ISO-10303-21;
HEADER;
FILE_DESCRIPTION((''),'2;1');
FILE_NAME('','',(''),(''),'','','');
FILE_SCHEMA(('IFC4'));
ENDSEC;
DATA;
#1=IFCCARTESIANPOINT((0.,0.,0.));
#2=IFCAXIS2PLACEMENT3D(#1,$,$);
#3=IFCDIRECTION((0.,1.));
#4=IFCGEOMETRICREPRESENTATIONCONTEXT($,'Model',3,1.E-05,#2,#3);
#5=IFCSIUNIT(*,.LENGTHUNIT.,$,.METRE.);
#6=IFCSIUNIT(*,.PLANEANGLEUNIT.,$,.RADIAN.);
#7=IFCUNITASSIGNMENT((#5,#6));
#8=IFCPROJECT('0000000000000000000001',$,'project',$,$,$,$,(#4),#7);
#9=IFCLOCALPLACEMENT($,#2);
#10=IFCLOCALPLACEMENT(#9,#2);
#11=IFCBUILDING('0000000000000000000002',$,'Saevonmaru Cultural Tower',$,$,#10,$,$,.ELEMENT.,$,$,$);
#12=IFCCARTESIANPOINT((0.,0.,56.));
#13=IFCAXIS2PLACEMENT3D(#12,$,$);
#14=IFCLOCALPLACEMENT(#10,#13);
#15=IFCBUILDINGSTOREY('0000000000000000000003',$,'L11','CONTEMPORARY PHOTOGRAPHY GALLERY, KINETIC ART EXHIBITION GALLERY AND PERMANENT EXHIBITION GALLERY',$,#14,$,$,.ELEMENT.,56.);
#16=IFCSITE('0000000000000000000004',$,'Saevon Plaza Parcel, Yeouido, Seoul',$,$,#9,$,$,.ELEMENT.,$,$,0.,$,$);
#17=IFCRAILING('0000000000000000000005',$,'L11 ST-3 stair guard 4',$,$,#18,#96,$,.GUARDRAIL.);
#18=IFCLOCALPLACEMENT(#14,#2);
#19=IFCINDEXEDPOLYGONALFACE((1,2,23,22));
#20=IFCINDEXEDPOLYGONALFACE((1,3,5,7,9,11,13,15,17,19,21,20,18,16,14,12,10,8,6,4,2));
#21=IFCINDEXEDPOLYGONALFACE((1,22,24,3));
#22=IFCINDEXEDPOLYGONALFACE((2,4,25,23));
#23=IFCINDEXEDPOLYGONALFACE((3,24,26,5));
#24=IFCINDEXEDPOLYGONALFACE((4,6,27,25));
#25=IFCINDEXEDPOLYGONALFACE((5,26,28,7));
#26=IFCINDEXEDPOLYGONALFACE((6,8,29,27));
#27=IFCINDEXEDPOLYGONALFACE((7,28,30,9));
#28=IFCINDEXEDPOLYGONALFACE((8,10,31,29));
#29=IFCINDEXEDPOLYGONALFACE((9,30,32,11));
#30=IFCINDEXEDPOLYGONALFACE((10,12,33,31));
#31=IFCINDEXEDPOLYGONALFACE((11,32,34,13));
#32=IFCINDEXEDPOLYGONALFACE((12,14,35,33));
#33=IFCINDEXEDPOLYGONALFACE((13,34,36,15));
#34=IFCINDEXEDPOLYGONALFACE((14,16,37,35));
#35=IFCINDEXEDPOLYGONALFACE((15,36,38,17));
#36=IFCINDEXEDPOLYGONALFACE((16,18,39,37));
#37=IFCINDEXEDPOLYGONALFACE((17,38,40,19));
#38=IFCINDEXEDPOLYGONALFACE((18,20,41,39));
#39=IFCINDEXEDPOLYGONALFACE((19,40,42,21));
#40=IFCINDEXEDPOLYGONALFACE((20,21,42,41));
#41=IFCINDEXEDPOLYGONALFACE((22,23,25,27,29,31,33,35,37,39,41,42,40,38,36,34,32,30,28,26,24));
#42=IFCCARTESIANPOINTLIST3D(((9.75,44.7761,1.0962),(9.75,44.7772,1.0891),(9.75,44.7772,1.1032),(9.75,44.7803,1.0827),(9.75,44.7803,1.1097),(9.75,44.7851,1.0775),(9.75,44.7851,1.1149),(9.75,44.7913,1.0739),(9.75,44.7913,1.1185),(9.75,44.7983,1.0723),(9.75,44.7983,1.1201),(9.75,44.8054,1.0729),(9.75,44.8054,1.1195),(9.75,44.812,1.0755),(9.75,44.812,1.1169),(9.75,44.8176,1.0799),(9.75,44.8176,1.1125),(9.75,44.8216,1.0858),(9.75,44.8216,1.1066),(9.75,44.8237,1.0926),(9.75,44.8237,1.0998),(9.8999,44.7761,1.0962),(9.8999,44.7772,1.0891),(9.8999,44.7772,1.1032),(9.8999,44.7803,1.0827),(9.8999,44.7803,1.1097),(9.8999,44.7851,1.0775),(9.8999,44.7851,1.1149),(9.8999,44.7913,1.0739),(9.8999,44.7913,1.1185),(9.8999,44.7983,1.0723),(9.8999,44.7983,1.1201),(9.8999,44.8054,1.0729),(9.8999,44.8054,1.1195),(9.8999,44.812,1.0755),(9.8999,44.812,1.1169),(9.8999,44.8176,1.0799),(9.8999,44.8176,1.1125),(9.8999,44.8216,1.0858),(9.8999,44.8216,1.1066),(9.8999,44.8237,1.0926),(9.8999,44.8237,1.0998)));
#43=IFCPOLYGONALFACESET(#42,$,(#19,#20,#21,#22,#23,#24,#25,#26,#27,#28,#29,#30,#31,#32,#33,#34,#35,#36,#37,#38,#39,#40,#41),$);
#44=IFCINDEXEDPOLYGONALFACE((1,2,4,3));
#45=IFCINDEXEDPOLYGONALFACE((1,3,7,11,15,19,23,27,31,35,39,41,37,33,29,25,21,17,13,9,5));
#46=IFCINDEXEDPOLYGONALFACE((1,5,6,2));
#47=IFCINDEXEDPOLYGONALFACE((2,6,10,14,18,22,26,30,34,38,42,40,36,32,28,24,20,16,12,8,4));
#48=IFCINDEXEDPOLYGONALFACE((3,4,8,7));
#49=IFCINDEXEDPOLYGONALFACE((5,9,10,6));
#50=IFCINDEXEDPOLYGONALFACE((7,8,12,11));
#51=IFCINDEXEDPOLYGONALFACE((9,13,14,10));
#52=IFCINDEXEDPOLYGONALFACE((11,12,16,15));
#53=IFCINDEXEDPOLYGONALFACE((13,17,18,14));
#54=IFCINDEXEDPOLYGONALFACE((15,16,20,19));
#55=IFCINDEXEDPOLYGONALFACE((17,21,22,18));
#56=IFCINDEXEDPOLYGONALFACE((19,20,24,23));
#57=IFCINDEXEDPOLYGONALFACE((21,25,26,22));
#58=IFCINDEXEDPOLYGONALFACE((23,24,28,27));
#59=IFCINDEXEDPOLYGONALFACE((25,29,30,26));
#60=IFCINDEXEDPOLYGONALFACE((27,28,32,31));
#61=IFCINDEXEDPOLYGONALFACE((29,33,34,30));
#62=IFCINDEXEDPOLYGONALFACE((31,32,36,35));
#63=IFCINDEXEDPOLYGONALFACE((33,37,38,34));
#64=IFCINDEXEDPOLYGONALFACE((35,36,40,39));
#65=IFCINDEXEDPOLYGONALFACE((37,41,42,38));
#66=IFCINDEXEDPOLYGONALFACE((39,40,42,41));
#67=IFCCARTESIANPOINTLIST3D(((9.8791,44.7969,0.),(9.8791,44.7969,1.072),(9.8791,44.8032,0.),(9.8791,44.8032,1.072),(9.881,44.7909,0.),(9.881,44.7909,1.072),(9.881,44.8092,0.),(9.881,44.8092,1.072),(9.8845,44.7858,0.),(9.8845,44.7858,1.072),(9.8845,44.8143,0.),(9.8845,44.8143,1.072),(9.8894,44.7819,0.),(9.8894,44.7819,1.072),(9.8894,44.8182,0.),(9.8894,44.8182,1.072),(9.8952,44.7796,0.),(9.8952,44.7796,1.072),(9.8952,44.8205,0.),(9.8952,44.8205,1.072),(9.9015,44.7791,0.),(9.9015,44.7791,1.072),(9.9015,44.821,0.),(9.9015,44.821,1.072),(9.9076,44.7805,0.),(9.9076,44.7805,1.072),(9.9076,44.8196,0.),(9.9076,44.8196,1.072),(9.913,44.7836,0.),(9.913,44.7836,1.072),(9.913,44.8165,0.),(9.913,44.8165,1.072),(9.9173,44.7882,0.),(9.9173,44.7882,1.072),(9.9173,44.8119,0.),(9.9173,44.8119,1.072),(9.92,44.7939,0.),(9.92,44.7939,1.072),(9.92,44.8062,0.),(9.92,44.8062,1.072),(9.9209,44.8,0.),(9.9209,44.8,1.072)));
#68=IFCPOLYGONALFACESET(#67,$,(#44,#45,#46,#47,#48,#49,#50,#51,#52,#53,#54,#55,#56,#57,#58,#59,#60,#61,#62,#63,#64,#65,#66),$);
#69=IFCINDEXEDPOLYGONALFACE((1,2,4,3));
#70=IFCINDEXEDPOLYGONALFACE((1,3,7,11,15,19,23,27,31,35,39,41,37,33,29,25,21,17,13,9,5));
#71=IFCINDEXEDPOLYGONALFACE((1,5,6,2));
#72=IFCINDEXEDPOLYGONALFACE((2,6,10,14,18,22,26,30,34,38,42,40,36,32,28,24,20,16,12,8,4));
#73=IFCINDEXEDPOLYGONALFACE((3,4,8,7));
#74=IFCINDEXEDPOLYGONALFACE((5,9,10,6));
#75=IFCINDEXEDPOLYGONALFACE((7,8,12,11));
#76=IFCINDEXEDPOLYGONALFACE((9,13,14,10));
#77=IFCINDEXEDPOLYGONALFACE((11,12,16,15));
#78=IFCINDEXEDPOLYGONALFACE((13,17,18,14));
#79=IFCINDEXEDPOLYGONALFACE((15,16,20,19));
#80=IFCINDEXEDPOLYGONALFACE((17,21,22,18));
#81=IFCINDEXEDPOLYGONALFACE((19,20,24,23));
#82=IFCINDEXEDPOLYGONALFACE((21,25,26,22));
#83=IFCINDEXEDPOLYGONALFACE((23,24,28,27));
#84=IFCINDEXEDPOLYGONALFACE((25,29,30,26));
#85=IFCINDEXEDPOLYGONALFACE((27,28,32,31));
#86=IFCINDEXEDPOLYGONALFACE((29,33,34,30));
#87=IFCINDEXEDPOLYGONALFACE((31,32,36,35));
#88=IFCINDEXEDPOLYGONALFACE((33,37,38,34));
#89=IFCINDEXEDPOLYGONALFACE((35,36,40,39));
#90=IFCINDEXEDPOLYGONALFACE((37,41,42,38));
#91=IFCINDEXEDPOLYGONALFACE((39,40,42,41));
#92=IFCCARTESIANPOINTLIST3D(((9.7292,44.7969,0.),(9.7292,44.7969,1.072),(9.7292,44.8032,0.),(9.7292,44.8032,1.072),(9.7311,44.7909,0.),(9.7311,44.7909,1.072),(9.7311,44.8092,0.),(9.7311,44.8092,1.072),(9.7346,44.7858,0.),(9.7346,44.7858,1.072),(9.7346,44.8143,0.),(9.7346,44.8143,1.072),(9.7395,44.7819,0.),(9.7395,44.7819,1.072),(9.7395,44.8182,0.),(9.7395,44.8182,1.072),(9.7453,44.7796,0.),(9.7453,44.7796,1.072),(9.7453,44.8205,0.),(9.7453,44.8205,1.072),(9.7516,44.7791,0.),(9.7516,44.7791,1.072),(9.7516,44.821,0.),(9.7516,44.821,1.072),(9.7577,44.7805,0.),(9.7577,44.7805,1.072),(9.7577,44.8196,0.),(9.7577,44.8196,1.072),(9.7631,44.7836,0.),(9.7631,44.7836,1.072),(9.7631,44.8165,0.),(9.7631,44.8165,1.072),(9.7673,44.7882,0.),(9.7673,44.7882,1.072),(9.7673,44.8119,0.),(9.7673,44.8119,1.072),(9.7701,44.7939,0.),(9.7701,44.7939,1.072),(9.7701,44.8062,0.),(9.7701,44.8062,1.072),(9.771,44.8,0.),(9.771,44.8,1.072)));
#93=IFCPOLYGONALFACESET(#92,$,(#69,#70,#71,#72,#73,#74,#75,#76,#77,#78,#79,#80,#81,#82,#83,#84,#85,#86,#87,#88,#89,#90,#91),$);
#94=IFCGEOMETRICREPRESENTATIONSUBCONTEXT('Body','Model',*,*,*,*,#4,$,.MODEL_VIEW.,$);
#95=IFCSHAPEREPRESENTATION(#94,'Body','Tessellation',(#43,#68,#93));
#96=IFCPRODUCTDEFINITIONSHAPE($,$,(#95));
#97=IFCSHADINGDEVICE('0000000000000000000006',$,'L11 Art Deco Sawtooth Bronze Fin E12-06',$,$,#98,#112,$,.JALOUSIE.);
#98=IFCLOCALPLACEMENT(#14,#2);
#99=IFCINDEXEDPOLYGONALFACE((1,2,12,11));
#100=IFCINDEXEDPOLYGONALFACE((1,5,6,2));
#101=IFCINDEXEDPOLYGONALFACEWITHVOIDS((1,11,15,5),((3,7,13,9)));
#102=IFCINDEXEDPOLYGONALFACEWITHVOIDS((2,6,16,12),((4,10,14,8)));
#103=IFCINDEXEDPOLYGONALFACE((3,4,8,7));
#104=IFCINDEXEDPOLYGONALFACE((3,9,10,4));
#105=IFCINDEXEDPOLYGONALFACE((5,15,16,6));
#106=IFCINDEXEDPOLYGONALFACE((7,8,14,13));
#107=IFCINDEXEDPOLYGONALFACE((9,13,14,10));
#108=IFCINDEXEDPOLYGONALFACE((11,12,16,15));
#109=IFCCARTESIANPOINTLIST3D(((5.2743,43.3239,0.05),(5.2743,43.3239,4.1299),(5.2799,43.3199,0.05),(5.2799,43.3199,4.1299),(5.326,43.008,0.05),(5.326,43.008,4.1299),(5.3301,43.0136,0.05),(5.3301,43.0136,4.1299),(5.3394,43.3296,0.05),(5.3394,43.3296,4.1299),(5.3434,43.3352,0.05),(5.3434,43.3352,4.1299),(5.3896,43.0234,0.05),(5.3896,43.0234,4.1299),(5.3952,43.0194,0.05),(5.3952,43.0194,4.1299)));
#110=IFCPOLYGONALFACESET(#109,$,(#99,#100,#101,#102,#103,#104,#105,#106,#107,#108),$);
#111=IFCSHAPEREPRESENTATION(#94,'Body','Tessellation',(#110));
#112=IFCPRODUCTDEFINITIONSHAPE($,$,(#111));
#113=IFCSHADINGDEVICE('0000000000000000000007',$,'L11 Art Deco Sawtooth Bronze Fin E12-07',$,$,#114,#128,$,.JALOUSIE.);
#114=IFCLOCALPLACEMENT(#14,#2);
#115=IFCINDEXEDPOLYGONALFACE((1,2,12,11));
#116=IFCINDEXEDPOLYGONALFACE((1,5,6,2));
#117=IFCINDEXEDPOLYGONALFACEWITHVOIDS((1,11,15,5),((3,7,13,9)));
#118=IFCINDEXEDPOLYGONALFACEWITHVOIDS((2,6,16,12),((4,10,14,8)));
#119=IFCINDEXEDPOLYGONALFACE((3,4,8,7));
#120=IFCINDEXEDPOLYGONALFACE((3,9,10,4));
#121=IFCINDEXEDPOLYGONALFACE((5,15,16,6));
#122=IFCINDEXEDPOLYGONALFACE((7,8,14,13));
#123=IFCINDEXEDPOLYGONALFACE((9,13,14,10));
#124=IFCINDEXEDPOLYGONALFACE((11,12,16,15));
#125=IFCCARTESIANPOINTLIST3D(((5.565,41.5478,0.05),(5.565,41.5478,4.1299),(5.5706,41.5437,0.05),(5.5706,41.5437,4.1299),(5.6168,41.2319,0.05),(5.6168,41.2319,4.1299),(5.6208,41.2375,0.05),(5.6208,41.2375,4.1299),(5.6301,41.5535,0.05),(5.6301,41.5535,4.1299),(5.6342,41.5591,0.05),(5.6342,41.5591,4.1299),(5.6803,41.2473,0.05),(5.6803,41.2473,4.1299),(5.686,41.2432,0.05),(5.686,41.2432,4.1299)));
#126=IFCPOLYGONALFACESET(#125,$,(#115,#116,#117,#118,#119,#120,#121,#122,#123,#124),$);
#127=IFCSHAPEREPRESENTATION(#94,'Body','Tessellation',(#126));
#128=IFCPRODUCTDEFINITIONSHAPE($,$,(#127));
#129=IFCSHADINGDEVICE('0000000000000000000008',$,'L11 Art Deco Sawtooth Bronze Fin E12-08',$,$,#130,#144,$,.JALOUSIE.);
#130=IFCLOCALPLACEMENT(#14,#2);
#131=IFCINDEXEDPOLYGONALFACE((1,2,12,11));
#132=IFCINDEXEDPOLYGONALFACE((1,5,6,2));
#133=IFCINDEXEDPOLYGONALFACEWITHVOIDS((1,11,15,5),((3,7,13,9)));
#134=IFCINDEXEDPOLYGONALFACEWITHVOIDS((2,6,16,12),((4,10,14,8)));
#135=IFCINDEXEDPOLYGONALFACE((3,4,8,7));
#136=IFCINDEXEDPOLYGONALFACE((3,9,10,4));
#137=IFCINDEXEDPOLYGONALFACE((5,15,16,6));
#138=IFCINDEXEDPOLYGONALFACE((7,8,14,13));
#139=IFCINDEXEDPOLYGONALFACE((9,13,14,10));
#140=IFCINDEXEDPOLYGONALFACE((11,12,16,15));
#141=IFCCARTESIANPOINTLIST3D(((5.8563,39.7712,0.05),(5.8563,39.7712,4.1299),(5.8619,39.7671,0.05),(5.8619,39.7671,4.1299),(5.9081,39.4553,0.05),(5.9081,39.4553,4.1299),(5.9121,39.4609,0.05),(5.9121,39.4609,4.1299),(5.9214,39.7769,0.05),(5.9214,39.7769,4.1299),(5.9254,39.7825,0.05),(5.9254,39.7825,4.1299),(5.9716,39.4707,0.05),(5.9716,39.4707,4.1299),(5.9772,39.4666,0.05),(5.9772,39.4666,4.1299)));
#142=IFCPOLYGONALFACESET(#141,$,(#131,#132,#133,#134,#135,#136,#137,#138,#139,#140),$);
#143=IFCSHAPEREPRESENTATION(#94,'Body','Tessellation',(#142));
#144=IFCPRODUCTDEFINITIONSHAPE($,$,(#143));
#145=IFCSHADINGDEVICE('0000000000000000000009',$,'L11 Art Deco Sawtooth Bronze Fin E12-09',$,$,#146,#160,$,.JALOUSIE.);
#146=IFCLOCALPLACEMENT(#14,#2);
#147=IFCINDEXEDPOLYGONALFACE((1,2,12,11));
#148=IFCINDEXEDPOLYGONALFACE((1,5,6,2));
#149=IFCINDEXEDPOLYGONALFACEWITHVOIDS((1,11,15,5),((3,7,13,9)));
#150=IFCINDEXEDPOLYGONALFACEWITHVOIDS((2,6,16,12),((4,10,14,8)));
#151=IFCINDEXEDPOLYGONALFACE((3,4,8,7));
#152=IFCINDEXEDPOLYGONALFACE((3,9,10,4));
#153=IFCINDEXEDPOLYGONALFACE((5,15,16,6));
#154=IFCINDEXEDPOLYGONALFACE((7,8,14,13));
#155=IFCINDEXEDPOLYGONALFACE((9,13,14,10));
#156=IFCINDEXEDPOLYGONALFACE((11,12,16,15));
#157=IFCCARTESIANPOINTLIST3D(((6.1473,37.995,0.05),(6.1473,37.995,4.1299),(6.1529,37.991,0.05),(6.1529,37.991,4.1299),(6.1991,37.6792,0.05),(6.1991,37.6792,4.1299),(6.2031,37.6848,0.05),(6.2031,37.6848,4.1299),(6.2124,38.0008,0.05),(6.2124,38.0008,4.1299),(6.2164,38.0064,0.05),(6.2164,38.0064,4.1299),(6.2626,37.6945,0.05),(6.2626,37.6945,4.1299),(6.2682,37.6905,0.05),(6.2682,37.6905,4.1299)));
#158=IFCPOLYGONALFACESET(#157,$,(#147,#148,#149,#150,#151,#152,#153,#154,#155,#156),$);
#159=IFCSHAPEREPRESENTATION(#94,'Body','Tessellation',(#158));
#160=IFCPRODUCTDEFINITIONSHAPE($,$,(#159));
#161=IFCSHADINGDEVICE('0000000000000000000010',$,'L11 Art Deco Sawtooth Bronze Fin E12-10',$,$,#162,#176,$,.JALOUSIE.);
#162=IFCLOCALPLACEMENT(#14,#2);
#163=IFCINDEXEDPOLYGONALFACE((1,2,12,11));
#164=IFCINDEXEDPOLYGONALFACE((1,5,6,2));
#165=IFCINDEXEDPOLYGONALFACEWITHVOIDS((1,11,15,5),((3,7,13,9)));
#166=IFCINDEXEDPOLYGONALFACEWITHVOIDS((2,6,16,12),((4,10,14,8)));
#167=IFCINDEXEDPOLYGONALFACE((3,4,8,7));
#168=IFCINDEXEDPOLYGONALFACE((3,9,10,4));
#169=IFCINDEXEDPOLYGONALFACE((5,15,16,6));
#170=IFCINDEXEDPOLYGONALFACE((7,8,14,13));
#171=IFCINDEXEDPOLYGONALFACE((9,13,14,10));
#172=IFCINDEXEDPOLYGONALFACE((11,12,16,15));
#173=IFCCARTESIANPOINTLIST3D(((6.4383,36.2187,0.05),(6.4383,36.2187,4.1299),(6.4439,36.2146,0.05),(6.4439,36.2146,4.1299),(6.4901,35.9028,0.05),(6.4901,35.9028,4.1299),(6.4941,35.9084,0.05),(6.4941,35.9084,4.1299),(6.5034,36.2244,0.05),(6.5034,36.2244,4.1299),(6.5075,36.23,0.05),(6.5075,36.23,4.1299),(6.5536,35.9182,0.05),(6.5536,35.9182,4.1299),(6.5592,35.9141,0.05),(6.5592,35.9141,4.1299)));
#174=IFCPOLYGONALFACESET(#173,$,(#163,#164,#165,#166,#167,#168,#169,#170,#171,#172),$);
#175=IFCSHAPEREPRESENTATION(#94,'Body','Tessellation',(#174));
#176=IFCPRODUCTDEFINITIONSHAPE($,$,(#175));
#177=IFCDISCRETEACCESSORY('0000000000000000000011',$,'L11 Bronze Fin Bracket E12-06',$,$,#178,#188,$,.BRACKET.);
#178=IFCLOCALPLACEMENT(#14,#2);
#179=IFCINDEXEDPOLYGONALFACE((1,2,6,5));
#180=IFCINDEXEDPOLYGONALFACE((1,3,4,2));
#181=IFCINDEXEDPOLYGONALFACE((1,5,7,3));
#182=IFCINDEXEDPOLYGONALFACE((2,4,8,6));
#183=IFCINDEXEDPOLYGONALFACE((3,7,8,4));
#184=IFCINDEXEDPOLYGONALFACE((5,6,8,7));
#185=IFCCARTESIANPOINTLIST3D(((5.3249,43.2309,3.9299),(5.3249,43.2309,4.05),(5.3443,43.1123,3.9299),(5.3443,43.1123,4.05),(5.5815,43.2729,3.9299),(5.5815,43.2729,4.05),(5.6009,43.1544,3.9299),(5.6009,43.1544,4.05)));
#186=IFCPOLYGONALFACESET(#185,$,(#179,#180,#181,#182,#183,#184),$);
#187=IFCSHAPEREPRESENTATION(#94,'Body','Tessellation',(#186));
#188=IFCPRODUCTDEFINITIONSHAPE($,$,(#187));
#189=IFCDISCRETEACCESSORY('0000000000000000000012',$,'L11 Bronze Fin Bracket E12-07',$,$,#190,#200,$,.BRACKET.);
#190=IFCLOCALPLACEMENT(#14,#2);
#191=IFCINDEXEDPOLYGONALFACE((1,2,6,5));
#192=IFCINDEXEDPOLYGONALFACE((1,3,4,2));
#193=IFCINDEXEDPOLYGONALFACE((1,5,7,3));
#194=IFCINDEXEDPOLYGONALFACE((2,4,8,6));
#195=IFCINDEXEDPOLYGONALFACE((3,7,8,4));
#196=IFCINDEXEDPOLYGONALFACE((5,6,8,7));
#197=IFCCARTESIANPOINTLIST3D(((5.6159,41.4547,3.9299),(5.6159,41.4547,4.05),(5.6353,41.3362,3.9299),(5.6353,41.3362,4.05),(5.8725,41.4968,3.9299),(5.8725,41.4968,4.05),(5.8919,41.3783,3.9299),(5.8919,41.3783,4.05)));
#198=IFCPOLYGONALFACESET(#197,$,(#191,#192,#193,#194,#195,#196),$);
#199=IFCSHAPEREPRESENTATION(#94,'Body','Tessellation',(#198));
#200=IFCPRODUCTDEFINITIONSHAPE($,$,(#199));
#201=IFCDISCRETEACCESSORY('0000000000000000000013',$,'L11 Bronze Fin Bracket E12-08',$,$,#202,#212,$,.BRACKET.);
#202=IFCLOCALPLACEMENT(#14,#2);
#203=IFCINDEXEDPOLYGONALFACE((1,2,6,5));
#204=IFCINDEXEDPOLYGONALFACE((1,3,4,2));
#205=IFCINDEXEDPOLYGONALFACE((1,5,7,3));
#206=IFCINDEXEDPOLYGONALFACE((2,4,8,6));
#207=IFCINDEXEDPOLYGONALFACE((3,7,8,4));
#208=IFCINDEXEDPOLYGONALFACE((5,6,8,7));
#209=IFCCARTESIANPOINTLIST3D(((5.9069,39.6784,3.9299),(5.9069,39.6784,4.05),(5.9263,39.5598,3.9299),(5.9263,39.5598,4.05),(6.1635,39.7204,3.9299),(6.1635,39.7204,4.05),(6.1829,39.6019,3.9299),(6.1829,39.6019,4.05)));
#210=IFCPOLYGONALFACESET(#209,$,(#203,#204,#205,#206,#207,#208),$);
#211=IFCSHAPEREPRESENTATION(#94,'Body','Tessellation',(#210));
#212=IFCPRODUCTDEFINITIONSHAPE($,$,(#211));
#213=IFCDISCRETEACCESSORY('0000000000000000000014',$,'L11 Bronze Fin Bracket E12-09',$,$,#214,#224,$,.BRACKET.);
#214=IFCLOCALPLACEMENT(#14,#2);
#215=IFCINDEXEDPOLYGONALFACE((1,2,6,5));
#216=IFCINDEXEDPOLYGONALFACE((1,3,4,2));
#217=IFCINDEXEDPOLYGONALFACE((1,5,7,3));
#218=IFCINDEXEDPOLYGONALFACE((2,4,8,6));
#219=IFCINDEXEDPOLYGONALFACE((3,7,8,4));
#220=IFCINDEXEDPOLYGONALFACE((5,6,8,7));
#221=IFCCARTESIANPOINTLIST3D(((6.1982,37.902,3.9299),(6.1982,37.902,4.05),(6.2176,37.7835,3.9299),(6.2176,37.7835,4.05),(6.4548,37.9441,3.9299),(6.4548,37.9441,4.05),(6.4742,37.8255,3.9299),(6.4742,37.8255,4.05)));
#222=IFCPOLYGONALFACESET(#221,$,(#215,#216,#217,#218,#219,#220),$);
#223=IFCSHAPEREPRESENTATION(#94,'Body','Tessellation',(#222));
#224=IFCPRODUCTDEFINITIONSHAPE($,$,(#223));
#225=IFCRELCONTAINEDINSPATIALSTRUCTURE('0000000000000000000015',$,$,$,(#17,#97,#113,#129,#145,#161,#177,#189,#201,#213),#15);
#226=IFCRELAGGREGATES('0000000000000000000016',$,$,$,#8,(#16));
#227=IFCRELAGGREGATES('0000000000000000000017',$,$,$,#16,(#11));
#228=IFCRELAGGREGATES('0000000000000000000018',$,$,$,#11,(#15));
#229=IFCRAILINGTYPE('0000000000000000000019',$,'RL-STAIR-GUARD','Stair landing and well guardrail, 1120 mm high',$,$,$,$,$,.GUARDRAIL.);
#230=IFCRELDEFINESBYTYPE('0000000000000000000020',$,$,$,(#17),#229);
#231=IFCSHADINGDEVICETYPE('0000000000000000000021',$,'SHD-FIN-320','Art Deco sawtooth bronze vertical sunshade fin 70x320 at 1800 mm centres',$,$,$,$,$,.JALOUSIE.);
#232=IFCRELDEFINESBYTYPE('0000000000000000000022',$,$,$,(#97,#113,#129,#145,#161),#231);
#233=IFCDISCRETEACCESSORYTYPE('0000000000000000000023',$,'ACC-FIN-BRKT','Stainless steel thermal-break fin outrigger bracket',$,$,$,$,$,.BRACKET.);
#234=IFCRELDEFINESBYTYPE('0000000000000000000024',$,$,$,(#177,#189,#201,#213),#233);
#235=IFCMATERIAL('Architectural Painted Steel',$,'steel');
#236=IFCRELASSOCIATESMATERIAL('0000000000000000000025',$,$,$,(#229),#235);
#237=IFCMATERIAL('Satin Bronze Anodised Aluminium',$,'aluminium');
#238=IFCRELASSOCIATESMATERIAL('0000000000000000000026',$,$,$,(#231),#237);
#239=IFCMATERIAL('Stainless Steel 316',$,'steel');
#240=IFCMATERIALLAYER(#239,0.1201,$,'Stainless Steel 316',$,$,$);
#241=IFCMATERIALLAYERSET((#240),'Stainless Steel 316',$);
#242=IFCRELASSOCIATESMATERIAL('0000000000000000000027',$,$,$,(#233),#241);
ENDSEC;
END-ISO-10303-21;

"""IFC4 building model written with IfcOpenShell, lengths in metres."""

from ifc_helpers import new_model, si_unit, direction, frame, origin, origin_2d, place, context, subcontext, project, spatial, rectangle, hollow_rectangle, circle, extrude, material, layer, layer_set, material_profile, profile_set, type_object, element, save


model = new_model("IFC4")

# Units and contexts
model_context = context("Model", 3, precision=1e-05, world=origin(), true_north=direction((0.0, 1.0)))
body_context = subcontext(model_context, "Body", "Model", "MODEL_VIEW")
ifc_project = project(units=[si_unit("LENGTHUNIT", "METRE"), si_unit("PLANEANGLEUNIT", "RADIAN")], contexts=[model_context])

# Site, building, storey
site_placement = place(None, origin())
site = spatial("IfcSite", under=ifc_project, at=site_placement, Name="Saevon Plaza Parcel, Yeouido, Seoul", CompositionType="ELEMENT", RefElevation=0.0)
building_placement = place(site_placement, origin())
building = spatial("IfcBuilding", under=site, at=building_placement, Name="Saevonmaru Cultural Tower", CompositionType="ELEMENT")
storey_placement = place(building_placement, frame((0.0, 0.0, 56.0)))
storey = spatial("IfcBuildingStorey", under=building, at=storey_placement, Name="L11", Description="CONTEMPORARY PHOTOGRAPHY GALLERY, KINETIC ART EXHIBITION GALLERY AND PERMANENT EXHIBITION GALLERY", CompositionType="ELEMENT", Elevation=56.0)

# Shared definitions
ifc_material_1 = material(Name="Satin Bronze Anodised Aluminium", Category="aluminium")

# Railing
ifc_material_2 = material(Name="Architectural Painted Steel", Category="steel")
railing_type = type_object("IfcRailingType", Name="RL-STAIR-GUARD", Description="Stair landing and well guardrail, 1120 mm high", PredefinedType="GUARDRAIL", material=ifc_material_2)
railing_1_placement = place(storey_placement, frame((9.8999, 44.8, 0.0)))
element("IfcRailing", 1, at=railing_1_placement, inside=storey, type_object=railing_type, Name="L11 ST-3 stair guard 4", PredefinedType="GUARDRAIL", context=body_context, shape_type="SweptSolid", body=[
    extrude(circle(Radius=0.0239, at=origin_2d()), frame((0.0, 0.0, 1.0962), z_axis=(-1.0, 0.0, 0.0), x_axis=(0.0, -1.0, 0.0)), (0.0, 0.0, 1.0), 0.1499),
    extrude(circle(Radius=0.021, at=origin_2d()), origin(), (0.0, 0.0, 1.0), 1.072),
    extrude(circle(Radius=0.021, at=origin_2d()), frame((-0.1499, 0.0, 0.0)), (0.0, 0.0, 1.0), 1.072),
])

# Shading devices
ifc_material_profile_1 = material_profile(ifc_material_1, hollow_rectangle(XDim=0.0701, YDim=0.3201, WallThickness=0.0049, at=origin_2d()), Name="FIN-320x70")
ifc_profile_set_1 = profile_set([ifc_material_profile_1], Name="Satin Bronze Anodised Aluminium")
shading_device_type = type_object("IfcShadingDeviceType", Name="SHD-FIN-320", Description="Art Deco sawtooth bronze vertical sunshade fin 70x320 at 1800 mm centres", PredefinedType="JALOUSIE", material=ifc_profile_set_1)
for number, where, z_axis, x_axis, name in (
    (2, (5.3347, 43.1716, 0.05), (0.0, 0.0, 1.0), (-0.986827, -0.161776, 0.0), "L11 Art Deco Sawtooth Bronze Fin E12-06"),
    (3, (5.6255, 41.3955, 0.05), (0.0, 0.0, 1.0), (-0.986827, -0.161776, 0.0), "L11 Art Deco Sawtooth Bronze Fin E12-07"),
    (4, (5.9167, 39.6189, 0.05), (0.0, 0.0, 1.0), (-0.986827, -0.161776, 0.0), "L11 Art Deco Sawtooth Bronze Fin E12-08"),
    (5, (6.2078, 37.8428, 0.05), (0.0, 0.0, 1.0), (-0.986827, -0.161776, 0.0), "L11 Art Deco Sawtooth Bronze Fin E12-09"),
    (6, (6.4988, 36.0664, 0.05), (0.0, 0.0, 1.0), (-0.986827, -0.161776, 0.0), "L11 Art Deco Sawtooth Bronze Fin E12-10"),
):
    element("IfcShadingDevice", number, at=place(storey_placement, frame(where, z_axis=z_axis, x_axis=x_axis)), inside=storey, type_object=shading_device_type, Name=name, PredefinedType="JALOUSIE", context=body_context, shape_type="SweptSolid", body=[
        extrude(hollow_rectangle(XDim=0.0701, YDim=0.3201, WallThickness=0.0049, at=origin_2d()), origin(), (0.0, 0.0, 1.0), 4.0798),
    ])

# Discrete accessories
ifc_material_3 = material(Name="Stainless Steel 316", Category="steel")
ifc_layer_1 = layer(ifc_material_3, 0.1201, Name="Stainless Steel 316")
ifc_layer_set_1 = layer_set([ifc_layer_1], Name="Stainless Steel 316")
discrete_accessory_type = type_object("IfcDiscreteAccessoryType", Name="ACC-FIN-BRKT", Description="Stainless steel thermal-break fin outrigger bracket", PredefinedType="BRACKET", material=ifc_layer_set_1)
for number, where, z_axis, x_axis, name in (
    (7, (5.4629, 43.1926, 3.9299), (0.0, 0.0, 1.0), (-0.986827, -0.161776, 0.0), "L11 Bronze Fin Bracket E12-06"),
    (8, (5.7539, 41.4165, 3.9299), (0.0, 0.0, 1.0), (-0.986827, -0.161776, 0.0), "L11 Bronze Fin Bracket E12-07"),
    (9, (6.0449, 39.6401, 3.9299), (0.0, 0.0, 1.0), (-0.986827, -0.161776, 0.0), "L11 Bronze Fin Bracket E12-08"),
    (10, (6.3362, 37.8638, 3.9299), (0.0, 0.0, 1.0), (-0.986827, -0.161776, 0.0), "L11 Bronze Fin Bracket E12-09"),
):
    element("IfcDiscreteAccessory", number, at=place(storey_placement, frame(where, z_axis=z_axis, x_axis=x_axis)), inside=storey, type_object=discrete_accessory_type, Name=name, PredefinedType="BRACKET", context=body_context, shape_type="SweptSolid", body=[
        extrude(rectangle(XDim=0.26, YDim=0.1201, at=origin_2d()), origin(), (0.0, 0.0, 1.0), 0.1201),
    ])

save(model, "model.ifc")
